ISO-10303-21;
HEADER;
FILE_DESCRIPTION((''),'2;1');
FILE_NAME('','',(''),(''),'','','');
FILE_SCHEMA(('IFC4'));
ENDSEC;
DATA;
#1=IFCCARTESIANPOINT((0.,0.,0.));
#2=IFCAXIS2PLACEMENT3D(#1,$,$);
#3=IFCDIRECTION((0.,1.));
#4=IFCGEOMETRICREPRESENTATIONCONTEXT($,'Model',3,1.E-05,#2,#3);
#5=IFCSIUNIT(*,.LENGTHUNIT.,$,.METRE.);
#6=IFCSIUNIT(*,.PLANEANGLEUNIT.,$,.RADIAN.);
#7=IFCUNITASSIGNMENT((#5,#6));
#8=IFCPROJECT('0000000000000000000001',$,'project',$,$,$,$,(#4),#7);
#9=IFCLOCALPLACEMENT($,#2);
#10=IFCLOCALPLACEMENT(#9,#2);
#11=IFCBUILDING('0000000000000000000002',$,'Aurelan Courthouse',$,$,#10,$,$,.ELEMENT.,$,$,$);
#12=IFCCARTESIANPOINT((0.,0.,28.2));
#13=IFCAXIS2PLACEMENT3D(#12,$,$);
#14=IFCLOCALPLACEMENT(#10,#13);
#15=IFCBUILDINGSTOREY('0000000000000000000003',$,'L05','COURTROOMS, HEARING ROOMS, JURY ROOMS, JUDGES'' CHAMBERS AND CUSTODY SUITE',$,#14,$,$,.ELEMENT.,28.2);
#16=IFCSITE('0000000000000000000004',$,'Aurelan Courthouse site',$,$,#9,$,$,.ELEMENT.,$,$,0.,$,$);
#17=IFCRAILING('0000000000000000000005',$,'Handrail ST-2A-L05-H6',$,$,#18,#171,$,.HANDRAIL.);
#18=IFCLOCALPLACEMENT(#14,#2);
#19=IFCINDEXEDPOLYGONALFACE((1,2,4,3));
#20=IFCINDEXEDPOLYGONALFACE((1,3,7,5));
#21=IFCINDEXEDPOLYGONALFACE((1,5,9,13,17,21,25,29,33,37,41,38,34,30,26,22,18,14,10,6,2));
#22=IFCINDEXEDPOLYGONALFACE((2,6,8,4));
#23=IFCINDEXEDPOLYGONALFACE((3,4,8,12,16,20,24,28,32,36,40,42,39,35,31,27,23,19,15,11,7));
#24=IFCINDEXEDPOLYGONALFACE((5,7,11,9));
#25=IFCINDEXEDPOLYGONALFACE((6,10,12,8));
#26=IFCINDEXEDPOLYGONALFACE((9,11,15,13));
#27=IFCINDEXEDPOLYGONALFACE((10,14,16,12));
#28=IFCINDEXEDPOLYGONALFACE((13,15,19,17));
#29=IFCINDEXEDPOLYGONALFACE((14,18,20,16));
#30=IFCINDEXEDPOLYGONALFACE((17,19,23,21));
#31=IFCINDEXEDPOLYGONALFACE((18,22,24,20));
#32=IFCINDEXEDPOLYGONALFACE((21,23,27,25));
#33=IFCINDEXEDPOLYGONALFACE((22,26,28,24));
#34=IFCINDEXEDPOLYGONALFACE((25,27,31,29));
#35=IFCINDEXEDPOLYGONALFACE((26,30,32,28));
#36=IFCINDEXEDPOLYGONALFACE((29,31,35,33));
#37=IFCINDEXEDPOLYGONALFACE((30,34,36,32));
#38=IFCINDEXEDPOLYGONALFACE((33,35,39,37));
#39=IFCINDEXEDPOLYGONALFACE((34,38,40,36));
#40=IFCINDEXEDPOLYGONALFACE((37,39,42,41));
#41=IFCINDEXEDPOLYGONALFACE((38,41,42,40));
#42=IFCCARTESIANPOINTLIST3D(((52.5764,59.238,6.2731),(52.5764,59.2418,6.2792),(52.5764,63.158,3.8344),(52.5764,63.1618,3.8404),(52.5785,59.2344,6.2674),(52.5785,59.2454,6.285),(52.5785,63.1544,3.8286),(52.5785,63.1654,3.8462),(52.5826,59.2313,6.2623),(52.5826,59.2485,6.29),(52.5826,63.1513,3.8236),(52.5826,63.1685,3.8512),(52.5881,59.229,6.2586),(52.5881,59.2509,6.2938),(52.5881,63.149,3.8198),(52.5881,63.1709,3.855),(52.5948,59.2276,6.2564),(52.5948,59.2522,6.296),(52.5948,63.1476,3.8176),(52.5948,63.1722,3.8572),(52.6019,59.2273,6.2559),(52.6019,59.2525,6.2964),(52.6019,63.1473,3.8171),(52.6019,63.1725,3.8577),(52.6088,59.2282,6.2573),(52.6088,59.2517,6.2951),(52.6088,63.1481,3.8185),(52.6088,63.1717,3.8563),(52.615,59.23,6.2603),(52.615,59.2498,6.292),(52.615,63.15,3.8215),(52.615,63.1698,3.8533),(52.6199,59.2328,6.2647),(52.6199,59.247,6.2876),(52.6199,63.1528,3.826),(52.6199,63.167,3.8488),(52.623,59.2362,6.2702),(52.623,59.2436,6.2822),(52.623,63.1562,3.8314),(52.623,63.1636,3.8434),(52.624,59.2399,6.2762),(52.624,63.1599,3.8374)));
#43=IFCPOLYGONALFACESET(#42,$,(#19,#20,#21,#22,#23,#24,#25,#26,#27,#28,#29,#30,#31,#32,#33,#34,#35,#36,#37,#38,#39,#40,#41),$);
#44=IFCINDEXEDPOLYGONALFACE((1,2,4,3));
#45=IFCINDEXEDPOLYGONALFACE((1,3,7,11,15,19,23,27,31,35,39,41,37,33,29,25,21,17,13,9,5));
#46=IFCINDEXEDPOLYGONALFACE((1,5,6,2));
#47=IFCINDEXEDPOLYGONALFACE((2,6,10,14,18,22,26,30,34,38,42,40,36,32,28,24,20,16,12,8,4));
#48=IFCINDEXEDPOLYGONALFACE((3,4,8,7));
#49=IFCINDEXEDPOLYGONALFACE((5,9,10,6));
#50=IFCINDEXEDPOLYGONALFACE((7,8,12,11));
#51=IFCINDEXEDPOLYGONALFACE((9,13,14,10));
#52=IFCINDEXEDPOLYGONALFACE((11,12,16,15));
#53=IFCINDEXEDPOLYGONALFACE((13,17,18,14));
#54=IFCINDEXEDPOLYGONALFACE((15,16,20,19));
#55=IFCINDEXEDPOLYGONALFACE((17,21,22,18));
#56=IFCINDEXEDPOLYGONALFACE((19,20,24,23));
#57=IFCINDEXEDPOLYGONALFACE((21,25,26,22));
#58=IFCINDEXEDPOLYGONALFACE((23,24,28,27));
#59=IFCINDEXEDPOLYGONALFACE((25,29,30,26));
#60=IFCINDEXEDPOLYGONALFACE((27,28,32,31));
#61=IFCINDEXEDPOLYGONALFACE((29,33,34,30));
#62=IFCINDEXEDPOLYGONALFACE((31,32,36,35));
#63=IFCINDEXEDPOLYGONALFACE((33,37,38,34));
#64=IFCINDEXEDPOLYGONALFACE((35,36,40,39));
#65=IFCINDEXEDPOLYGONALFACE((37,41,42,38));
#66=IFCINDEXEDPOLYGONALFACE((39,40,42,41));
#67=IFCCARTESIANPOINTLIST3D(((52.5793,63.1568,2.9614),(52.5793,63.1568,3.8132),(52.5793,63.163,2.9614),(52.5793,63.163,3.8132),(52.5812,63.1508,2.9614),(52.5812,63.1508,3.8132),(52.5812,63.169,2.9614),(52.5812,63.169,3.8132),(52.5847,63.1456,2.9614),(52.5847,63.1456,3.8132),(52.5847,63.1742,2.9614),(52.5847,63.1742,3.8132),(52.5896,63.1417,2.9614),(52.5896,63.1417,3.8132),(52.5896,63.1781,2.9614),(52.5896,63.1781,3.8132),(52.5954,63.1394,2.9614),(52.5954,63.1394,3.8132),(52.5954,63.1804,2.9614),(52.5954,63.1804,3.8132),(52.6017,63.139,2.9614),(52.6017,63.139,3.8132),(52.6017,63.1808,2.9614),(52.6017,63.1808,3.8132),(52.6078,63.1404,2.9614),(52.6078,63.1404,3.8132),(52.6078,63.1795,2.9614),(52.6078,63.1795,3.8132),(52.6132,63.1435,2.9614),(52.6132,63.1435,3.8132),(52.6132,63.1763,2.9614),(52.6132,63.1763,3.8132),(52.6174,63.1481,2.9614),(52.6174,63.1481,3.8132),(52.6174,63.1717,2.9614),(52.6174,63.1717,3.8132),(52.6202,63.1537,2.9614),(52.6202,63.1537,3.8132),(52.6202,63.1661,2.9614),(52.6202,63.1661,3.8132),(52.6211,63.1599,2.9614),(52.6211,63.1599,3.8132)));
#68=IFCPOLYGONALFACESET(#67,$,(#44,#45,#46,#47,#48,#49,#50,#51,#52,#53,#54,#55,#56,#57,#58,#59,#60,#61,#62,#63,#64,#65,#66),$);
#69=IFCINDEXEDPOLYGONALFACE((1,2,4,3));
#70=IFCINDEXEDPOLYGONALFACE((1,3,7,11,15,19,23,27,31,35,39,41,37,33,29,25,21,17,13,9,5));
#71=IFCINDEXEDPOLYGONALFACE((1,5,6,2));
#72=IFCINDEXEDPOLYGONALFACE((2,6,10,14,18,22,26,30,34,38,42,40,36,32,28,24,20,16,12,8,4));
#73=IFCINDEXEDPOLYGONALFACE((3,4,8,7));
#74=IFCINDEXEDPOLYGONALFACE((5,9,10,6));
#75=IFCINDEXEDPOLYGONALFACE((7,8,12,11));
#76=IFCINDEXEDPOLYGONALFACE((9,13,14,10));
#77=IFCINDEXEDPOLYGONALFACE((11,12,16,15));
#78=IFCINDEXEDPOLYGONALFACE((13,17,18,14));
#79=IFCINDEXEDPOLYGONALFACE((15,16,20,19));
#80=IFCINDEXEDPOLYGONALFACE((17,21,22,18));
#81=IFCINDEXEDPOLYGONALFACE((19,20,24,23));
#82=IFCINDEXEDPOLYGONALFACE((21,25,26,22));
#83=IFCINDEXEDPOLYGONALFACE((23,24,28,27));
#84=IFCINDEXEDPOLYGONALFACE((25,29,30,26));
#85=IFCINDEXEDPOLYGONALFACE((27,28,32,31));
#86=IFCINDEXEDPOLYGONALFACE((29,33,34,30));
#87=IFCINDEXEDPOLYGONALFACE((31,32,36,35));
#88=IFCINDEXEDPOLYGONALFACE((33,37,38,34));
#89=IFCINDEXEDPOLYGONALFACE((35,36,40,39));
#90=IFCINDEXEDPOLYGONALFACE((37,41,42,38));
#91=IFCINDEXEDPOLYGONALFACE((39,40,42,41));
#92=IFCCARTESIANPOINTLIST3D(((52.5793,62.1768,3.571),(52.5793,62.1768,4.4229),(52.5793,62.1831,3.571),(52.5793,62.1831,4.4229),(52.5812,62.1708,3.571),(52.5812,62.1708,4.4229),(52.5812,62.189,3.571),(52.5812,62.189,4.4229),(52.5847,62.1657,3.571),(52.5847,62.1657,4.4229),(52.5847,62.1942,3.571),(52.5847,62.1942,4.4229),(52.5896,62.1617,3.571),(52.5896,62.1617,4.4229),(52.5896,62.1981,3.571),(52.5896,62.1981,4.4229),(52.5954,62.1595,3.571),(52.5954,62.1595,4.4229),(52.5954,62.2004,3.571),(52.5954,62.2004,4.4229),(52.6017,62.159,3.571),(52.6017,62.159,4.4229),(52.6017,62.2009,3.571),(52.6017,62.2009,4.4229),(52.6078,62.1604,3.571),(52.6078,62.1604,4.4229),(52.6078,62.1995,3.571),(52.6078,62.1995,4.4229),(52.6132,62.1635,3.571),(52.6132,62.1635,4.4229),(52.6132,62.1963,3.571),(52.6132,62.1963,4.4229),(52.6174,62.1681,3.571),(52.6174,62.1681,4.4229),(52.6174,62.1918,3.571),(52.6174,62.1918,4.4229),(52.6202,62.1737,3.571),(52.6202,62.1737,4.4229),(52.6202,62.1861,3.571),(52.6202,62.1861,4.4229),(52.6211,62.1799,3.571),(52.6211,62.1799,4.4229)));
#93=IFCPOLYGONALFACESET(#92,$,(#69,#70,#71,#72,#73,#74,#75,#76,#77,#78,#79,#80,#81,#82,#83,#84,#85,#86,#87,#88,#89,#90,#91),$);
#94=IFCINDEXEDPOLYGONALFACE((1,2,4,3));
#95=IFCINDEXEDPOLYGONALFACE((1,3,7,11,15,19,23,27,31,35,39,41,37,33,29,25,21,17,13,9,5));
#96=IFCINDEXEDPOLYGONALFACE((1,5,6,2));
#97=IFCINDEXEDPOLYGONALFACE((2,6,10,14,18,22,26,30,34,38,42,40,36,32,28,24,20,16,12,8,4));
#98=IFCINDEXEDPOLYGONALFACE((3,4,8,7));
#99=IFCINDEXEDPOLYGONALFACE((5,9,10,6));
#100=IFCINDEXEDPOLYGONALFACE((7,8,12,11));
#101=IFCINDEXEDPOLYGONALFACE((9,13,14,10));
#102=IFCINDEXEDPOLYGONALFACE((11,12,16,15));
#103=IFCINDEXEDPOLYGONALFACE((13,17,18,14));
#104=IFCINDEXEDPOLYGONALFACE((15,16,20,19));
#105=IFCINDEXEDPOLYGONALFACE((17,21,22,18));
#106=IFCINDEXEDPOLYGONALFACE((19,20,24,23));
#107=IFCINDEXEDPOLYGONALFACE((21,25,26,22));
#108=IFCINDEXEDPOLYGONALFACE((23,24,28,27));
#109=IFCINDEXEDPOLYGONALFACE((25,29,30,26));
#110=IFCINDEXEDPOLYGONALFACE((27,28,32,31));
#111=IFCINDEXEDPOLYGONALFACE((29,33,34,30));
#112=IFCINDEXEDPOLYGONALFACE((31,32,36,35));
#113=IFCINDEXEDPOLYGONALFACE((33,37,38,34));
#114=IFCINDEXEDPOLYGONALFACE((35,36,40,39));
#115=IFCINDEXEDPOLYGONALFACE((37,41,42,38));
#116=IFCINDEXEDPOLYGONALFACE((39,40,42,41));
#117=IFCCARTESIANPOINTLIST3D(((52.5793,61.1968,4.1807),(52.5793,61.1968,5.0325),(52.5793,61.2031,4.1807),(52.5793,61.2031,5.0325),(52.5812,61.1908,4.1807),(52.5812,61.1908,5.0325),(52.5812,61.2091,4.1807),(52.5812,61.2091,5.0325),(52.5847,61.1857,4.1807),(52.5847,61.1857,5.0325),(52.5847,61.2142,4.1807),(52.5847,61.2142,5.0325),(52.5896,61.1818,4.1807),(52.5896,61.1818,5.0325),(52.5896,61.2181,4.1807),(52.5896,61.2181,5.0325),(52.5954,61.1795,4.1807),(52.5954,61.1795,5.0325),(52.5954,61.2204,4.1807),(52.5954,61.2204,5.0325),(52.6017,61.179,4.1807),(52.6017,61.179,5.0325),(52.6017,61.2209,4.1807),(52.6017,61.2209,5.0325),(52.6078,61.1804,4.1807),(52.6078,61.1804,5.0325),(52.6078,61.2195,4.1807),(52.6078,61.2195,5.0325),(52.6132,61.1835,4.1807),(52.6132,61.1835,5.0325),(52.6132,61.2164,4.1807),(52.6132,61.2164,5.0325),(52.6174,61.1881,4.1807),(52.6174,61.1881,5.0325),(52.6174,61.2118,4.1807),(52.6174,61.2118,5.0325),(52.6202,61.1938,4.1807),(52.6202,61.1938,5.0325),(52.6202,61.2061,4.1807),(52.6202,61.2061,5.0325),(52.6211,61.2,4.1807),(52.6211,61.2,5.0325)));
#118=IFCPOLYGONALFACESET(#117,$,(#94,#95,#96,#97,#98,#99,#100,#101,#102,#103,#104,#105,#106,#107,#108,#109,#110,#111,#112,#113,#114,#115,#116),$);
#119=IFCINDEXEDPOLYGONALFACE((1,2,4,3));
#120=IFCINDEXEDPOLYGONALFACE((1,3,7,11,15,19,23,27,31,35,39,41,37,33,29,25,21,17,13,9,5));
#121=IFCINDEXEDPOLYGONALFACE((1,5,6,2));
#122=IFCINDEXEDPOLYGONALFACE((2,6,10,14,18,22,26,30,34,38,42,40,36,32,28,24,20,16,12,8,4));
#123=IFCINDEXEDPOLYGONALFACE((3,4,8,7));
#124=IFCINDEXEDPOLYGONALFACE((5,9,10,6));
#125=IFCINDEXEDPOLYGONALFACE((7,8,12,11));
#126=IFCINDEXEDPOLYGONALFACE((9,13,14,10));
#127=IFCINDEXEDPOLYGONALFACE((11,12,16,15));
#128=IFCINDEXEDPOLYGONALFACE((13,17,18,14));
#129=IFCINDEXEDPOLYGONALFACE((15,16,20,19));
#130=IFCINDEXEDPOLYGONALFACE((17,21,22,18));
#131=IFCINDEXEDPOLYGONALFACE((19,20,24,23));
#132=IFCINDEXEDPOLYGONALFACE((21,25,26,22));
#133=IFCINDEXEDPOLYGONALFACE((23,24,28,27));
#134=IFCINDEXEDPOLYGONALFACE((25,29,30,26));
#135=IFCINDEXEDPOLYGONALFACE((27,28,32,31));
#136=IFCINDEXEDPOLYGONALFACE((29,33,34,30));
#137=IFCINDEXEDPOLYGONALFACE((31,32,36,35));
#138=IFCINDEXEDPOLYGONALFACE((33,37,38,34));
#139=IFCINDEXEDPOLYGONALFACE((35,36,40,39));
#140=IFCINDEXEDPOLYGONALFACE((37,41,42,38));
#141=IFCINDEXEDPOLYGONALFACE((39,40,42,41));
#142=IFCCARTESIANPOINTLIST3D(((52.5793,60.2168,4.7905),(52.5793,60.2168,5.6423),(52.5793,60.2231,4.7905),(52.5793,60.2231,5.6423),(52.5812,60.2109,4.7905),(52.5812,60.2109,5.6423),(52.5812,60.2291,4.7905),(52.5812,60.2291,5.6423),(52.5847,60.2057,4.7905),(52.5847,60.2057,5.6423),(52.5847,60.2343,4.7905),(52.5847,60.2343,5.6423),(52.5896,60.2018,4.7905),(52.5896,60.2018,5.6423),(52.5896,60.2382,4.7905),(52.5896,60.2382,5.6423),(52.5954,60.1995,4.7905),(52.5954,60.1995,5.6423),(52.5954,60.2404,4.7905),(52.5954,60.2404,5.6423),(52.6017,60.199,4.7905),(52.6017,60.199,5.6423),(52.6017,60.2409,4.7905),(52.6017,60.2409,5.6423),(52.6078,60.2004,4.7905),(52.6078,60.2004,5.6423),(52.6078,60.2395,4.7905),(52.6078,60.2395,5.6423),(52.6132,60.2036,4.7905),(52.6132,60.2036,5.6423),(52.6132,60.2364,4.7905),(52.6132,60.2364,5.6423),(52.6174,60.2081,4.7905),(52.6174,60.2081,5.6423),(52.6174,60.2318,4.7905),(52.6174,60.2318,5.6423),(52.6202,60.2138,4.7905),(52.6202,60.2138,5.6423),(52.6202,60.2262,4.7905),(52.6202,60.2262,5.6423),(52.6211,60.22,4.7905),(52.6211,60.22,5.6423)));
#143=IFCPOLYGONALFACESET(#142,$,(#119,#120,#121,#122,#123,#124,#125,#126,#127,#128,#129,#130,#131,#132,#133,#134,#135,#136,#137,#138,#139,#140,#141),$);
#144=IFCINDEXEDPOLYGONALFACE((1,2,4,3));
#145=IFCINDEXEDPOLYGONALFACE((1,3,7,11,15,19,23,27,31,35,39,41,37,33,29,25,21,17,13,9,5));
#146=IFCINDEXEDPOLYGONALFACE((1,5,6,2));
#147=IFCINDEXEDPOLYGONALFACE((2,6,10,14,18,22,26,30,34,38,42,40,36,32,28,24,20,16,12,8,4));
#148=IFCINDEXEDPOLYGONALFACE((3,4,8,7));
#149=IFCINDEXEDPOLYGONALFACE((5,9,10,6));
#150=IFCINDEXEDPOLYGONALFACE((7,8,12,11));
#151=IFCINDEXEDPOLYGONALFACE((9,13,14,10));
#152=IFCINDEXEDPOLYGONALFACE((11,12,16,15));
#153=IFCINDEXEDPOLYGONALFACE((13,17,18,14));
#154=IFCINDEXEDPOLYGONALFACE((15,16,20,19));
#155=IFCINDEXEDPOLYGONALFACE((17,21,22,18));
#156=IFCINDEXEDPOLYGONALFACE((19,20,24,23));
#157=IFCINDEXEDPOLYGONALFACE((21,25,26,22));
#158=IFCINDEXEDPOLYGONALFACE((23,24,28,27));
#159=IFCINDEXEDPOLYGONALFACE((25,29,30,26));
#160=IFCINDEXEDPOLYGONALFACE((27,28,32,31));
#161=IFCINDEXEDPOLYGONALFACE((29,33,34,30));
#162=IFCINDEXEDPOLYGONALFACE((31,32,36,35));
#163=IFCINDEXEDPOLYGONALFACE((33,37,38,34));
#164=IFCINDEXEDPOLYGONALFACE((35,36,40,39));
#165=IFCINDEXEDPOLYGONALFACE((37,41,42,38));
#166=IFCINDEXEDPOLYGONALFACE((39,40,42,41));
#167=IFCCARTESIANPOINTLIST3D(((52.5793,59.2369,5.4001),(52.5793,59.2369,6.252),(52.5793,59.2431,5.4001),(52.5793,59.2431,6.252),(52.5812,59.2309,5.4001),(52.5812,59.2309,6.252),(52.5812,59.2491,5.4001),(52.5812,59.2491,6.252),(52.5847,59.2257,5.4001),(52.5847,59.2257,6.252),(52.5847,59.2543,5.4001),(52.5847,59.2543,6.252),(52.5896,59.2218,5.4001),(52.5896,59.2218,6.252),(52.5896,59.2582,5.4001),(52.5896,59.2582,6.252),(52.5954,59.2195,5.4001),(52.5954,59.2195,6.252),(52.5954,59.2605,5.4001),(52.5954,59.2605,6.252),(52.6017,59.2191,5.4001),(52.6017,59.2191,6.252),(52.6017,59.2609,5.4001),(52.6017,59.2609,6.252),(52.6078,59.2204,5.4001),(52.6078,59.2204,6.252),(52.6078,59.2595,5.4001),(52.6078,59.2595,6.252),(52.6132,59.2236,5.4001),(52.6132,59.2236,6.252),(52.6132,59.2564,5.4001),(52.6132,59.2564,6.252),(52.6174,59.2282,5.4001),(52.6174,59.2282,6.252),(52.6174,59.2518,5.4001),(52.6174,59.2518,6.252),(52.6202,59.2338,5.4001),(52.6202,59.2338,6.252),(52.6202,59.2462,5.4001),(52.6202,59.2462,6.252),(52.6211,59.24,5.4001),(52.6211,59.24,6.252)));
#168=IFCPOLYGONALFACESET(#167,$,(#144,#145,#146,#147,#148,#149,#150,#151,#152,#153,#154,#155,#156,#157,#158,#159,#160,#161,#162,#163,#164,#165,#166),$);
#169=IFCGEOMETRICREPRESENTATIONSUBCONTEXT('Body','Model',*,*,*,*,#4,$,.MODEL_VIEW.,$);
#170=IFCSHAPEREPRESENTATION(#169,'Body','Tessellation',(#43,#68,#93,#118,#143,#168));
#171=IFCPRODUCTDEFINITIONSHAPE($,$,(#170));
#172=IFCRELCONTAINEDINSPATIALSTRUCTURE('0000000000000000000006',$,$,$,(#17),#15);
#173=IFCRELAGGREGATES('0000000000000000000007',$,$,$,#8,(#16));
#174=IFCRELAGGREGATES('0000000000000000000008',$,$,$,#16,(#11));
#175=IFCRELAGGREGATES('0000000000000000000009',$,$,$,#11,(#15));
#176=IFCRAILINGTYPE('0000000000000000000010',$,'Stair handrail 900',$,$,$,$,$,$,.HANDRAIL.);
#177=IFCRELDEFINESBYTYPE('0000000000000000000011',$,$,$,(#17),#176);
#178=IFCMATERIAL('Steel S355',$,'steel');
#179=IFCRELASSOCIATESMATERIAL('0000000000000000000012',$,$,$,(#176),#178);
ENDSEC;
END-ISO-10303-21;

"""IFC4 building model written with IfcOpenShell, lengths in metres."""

from ifc_helpers import new_model, si_unit, direction, frame, origin, origin_2d, place, context, subcontext, project, spatial, circle, extrude, material, type_object, element, save


model = new_model("IFC4")

# Units and contexts
model_context = context("Model", 3, precision=1e-05, world=origin(), true_north=direction((0.0, 1.0)))
body_context = subcontext(model_context, "Body", "Model", "MODEL_VIEW")
ifc_project = project(units=[si_unit("LENGTHUNIT", "METRE"), si_unit("PLANEANGLEUNIT", "RADIAN")], contexts=[model_context])

# Site, building, storey
site_placement = place(None, origin())
site = spatial("IfcSite", under=ifc_project, at=site_placement, Name="Aurelan Courthouse site", CompositionType="ELEMENT", RefElevation=0.0)
building_placement = place(site_placement, origin())
building = spatial("IfcBuilding", under=site, at=building_placement, Name="Aurelan Courthouse", CompositionType="ELEMENT")
storey_placement = place(building_placement, frame((0.0, 0.0, 28.2)))
storey = spatial("IfcBuildingStorey", under=building, at=storey_placement, Name="L05", Description="COURTROOMS, HEARING ROOMS, JURY ROOMS, JUDGES' CHAMBERS AND CUSTODY SUITE", CompositionType="ELEMENT", Elevation=28.2)

# Railing
ifc_material_1 = material(Name="Steel S355", Category="steel")
railing_type_1 = type_object("IfcRailingType", Name="Stair handrail 900", PredefinedType="HANDRAIL", material=ifc_material_1)
for number, where, name in (
    (1, (52.6001, 63.1599, 2.9614), "Handrail ST-2A-L05-H6"),
):
    element("IfcRailing", number, at=place(storey_placement, frame(where)), inside=storey, type_object=railing_type_1, Name=name, PredefinedType="HANDRAIL", context=body_context, shape_type="SweptSolid", body=[
        extrude(circle(Radius=0.0239, at=origin_2d()), frame((0.0, 0.0, 0.876), z_axis=(0.0, -0.84909, 0.528249), x_axis=(1.0, 0.0, 0.0)), (0.0, 0.0, 1.0), 4.6167),
        extrude(circle(Radius=0.021, at=origin_2d()), origin(), (0.0, 0.0, 1.0), 0.8518),
        extrude(circle(Radius=0.021, at=origin_2d()), frame((0.0, -0.98, 0.6096)), (0.0, 0.0, 1.0), 0.8518),
        extrude(circle(Radius=0.021, at=origin_2d()), frame((0.0, -1.96, 1.2192)), (0.0, 0.0, 1.0), 0.8518),
        extrude(circle(Radius=0.021, at=origin_2d()), frame((0.0, -2.9399, 1.8291)), (0.0, 0.0, 1.0), 0.8518),
        extrude(circle(Radius=0.021, at=origin_2d()), frame((0.0, -3.9199, 2.4387)), (0.0, 0.0, 1.0), 0.8518),
    ])

save(model, "model.ifc")
